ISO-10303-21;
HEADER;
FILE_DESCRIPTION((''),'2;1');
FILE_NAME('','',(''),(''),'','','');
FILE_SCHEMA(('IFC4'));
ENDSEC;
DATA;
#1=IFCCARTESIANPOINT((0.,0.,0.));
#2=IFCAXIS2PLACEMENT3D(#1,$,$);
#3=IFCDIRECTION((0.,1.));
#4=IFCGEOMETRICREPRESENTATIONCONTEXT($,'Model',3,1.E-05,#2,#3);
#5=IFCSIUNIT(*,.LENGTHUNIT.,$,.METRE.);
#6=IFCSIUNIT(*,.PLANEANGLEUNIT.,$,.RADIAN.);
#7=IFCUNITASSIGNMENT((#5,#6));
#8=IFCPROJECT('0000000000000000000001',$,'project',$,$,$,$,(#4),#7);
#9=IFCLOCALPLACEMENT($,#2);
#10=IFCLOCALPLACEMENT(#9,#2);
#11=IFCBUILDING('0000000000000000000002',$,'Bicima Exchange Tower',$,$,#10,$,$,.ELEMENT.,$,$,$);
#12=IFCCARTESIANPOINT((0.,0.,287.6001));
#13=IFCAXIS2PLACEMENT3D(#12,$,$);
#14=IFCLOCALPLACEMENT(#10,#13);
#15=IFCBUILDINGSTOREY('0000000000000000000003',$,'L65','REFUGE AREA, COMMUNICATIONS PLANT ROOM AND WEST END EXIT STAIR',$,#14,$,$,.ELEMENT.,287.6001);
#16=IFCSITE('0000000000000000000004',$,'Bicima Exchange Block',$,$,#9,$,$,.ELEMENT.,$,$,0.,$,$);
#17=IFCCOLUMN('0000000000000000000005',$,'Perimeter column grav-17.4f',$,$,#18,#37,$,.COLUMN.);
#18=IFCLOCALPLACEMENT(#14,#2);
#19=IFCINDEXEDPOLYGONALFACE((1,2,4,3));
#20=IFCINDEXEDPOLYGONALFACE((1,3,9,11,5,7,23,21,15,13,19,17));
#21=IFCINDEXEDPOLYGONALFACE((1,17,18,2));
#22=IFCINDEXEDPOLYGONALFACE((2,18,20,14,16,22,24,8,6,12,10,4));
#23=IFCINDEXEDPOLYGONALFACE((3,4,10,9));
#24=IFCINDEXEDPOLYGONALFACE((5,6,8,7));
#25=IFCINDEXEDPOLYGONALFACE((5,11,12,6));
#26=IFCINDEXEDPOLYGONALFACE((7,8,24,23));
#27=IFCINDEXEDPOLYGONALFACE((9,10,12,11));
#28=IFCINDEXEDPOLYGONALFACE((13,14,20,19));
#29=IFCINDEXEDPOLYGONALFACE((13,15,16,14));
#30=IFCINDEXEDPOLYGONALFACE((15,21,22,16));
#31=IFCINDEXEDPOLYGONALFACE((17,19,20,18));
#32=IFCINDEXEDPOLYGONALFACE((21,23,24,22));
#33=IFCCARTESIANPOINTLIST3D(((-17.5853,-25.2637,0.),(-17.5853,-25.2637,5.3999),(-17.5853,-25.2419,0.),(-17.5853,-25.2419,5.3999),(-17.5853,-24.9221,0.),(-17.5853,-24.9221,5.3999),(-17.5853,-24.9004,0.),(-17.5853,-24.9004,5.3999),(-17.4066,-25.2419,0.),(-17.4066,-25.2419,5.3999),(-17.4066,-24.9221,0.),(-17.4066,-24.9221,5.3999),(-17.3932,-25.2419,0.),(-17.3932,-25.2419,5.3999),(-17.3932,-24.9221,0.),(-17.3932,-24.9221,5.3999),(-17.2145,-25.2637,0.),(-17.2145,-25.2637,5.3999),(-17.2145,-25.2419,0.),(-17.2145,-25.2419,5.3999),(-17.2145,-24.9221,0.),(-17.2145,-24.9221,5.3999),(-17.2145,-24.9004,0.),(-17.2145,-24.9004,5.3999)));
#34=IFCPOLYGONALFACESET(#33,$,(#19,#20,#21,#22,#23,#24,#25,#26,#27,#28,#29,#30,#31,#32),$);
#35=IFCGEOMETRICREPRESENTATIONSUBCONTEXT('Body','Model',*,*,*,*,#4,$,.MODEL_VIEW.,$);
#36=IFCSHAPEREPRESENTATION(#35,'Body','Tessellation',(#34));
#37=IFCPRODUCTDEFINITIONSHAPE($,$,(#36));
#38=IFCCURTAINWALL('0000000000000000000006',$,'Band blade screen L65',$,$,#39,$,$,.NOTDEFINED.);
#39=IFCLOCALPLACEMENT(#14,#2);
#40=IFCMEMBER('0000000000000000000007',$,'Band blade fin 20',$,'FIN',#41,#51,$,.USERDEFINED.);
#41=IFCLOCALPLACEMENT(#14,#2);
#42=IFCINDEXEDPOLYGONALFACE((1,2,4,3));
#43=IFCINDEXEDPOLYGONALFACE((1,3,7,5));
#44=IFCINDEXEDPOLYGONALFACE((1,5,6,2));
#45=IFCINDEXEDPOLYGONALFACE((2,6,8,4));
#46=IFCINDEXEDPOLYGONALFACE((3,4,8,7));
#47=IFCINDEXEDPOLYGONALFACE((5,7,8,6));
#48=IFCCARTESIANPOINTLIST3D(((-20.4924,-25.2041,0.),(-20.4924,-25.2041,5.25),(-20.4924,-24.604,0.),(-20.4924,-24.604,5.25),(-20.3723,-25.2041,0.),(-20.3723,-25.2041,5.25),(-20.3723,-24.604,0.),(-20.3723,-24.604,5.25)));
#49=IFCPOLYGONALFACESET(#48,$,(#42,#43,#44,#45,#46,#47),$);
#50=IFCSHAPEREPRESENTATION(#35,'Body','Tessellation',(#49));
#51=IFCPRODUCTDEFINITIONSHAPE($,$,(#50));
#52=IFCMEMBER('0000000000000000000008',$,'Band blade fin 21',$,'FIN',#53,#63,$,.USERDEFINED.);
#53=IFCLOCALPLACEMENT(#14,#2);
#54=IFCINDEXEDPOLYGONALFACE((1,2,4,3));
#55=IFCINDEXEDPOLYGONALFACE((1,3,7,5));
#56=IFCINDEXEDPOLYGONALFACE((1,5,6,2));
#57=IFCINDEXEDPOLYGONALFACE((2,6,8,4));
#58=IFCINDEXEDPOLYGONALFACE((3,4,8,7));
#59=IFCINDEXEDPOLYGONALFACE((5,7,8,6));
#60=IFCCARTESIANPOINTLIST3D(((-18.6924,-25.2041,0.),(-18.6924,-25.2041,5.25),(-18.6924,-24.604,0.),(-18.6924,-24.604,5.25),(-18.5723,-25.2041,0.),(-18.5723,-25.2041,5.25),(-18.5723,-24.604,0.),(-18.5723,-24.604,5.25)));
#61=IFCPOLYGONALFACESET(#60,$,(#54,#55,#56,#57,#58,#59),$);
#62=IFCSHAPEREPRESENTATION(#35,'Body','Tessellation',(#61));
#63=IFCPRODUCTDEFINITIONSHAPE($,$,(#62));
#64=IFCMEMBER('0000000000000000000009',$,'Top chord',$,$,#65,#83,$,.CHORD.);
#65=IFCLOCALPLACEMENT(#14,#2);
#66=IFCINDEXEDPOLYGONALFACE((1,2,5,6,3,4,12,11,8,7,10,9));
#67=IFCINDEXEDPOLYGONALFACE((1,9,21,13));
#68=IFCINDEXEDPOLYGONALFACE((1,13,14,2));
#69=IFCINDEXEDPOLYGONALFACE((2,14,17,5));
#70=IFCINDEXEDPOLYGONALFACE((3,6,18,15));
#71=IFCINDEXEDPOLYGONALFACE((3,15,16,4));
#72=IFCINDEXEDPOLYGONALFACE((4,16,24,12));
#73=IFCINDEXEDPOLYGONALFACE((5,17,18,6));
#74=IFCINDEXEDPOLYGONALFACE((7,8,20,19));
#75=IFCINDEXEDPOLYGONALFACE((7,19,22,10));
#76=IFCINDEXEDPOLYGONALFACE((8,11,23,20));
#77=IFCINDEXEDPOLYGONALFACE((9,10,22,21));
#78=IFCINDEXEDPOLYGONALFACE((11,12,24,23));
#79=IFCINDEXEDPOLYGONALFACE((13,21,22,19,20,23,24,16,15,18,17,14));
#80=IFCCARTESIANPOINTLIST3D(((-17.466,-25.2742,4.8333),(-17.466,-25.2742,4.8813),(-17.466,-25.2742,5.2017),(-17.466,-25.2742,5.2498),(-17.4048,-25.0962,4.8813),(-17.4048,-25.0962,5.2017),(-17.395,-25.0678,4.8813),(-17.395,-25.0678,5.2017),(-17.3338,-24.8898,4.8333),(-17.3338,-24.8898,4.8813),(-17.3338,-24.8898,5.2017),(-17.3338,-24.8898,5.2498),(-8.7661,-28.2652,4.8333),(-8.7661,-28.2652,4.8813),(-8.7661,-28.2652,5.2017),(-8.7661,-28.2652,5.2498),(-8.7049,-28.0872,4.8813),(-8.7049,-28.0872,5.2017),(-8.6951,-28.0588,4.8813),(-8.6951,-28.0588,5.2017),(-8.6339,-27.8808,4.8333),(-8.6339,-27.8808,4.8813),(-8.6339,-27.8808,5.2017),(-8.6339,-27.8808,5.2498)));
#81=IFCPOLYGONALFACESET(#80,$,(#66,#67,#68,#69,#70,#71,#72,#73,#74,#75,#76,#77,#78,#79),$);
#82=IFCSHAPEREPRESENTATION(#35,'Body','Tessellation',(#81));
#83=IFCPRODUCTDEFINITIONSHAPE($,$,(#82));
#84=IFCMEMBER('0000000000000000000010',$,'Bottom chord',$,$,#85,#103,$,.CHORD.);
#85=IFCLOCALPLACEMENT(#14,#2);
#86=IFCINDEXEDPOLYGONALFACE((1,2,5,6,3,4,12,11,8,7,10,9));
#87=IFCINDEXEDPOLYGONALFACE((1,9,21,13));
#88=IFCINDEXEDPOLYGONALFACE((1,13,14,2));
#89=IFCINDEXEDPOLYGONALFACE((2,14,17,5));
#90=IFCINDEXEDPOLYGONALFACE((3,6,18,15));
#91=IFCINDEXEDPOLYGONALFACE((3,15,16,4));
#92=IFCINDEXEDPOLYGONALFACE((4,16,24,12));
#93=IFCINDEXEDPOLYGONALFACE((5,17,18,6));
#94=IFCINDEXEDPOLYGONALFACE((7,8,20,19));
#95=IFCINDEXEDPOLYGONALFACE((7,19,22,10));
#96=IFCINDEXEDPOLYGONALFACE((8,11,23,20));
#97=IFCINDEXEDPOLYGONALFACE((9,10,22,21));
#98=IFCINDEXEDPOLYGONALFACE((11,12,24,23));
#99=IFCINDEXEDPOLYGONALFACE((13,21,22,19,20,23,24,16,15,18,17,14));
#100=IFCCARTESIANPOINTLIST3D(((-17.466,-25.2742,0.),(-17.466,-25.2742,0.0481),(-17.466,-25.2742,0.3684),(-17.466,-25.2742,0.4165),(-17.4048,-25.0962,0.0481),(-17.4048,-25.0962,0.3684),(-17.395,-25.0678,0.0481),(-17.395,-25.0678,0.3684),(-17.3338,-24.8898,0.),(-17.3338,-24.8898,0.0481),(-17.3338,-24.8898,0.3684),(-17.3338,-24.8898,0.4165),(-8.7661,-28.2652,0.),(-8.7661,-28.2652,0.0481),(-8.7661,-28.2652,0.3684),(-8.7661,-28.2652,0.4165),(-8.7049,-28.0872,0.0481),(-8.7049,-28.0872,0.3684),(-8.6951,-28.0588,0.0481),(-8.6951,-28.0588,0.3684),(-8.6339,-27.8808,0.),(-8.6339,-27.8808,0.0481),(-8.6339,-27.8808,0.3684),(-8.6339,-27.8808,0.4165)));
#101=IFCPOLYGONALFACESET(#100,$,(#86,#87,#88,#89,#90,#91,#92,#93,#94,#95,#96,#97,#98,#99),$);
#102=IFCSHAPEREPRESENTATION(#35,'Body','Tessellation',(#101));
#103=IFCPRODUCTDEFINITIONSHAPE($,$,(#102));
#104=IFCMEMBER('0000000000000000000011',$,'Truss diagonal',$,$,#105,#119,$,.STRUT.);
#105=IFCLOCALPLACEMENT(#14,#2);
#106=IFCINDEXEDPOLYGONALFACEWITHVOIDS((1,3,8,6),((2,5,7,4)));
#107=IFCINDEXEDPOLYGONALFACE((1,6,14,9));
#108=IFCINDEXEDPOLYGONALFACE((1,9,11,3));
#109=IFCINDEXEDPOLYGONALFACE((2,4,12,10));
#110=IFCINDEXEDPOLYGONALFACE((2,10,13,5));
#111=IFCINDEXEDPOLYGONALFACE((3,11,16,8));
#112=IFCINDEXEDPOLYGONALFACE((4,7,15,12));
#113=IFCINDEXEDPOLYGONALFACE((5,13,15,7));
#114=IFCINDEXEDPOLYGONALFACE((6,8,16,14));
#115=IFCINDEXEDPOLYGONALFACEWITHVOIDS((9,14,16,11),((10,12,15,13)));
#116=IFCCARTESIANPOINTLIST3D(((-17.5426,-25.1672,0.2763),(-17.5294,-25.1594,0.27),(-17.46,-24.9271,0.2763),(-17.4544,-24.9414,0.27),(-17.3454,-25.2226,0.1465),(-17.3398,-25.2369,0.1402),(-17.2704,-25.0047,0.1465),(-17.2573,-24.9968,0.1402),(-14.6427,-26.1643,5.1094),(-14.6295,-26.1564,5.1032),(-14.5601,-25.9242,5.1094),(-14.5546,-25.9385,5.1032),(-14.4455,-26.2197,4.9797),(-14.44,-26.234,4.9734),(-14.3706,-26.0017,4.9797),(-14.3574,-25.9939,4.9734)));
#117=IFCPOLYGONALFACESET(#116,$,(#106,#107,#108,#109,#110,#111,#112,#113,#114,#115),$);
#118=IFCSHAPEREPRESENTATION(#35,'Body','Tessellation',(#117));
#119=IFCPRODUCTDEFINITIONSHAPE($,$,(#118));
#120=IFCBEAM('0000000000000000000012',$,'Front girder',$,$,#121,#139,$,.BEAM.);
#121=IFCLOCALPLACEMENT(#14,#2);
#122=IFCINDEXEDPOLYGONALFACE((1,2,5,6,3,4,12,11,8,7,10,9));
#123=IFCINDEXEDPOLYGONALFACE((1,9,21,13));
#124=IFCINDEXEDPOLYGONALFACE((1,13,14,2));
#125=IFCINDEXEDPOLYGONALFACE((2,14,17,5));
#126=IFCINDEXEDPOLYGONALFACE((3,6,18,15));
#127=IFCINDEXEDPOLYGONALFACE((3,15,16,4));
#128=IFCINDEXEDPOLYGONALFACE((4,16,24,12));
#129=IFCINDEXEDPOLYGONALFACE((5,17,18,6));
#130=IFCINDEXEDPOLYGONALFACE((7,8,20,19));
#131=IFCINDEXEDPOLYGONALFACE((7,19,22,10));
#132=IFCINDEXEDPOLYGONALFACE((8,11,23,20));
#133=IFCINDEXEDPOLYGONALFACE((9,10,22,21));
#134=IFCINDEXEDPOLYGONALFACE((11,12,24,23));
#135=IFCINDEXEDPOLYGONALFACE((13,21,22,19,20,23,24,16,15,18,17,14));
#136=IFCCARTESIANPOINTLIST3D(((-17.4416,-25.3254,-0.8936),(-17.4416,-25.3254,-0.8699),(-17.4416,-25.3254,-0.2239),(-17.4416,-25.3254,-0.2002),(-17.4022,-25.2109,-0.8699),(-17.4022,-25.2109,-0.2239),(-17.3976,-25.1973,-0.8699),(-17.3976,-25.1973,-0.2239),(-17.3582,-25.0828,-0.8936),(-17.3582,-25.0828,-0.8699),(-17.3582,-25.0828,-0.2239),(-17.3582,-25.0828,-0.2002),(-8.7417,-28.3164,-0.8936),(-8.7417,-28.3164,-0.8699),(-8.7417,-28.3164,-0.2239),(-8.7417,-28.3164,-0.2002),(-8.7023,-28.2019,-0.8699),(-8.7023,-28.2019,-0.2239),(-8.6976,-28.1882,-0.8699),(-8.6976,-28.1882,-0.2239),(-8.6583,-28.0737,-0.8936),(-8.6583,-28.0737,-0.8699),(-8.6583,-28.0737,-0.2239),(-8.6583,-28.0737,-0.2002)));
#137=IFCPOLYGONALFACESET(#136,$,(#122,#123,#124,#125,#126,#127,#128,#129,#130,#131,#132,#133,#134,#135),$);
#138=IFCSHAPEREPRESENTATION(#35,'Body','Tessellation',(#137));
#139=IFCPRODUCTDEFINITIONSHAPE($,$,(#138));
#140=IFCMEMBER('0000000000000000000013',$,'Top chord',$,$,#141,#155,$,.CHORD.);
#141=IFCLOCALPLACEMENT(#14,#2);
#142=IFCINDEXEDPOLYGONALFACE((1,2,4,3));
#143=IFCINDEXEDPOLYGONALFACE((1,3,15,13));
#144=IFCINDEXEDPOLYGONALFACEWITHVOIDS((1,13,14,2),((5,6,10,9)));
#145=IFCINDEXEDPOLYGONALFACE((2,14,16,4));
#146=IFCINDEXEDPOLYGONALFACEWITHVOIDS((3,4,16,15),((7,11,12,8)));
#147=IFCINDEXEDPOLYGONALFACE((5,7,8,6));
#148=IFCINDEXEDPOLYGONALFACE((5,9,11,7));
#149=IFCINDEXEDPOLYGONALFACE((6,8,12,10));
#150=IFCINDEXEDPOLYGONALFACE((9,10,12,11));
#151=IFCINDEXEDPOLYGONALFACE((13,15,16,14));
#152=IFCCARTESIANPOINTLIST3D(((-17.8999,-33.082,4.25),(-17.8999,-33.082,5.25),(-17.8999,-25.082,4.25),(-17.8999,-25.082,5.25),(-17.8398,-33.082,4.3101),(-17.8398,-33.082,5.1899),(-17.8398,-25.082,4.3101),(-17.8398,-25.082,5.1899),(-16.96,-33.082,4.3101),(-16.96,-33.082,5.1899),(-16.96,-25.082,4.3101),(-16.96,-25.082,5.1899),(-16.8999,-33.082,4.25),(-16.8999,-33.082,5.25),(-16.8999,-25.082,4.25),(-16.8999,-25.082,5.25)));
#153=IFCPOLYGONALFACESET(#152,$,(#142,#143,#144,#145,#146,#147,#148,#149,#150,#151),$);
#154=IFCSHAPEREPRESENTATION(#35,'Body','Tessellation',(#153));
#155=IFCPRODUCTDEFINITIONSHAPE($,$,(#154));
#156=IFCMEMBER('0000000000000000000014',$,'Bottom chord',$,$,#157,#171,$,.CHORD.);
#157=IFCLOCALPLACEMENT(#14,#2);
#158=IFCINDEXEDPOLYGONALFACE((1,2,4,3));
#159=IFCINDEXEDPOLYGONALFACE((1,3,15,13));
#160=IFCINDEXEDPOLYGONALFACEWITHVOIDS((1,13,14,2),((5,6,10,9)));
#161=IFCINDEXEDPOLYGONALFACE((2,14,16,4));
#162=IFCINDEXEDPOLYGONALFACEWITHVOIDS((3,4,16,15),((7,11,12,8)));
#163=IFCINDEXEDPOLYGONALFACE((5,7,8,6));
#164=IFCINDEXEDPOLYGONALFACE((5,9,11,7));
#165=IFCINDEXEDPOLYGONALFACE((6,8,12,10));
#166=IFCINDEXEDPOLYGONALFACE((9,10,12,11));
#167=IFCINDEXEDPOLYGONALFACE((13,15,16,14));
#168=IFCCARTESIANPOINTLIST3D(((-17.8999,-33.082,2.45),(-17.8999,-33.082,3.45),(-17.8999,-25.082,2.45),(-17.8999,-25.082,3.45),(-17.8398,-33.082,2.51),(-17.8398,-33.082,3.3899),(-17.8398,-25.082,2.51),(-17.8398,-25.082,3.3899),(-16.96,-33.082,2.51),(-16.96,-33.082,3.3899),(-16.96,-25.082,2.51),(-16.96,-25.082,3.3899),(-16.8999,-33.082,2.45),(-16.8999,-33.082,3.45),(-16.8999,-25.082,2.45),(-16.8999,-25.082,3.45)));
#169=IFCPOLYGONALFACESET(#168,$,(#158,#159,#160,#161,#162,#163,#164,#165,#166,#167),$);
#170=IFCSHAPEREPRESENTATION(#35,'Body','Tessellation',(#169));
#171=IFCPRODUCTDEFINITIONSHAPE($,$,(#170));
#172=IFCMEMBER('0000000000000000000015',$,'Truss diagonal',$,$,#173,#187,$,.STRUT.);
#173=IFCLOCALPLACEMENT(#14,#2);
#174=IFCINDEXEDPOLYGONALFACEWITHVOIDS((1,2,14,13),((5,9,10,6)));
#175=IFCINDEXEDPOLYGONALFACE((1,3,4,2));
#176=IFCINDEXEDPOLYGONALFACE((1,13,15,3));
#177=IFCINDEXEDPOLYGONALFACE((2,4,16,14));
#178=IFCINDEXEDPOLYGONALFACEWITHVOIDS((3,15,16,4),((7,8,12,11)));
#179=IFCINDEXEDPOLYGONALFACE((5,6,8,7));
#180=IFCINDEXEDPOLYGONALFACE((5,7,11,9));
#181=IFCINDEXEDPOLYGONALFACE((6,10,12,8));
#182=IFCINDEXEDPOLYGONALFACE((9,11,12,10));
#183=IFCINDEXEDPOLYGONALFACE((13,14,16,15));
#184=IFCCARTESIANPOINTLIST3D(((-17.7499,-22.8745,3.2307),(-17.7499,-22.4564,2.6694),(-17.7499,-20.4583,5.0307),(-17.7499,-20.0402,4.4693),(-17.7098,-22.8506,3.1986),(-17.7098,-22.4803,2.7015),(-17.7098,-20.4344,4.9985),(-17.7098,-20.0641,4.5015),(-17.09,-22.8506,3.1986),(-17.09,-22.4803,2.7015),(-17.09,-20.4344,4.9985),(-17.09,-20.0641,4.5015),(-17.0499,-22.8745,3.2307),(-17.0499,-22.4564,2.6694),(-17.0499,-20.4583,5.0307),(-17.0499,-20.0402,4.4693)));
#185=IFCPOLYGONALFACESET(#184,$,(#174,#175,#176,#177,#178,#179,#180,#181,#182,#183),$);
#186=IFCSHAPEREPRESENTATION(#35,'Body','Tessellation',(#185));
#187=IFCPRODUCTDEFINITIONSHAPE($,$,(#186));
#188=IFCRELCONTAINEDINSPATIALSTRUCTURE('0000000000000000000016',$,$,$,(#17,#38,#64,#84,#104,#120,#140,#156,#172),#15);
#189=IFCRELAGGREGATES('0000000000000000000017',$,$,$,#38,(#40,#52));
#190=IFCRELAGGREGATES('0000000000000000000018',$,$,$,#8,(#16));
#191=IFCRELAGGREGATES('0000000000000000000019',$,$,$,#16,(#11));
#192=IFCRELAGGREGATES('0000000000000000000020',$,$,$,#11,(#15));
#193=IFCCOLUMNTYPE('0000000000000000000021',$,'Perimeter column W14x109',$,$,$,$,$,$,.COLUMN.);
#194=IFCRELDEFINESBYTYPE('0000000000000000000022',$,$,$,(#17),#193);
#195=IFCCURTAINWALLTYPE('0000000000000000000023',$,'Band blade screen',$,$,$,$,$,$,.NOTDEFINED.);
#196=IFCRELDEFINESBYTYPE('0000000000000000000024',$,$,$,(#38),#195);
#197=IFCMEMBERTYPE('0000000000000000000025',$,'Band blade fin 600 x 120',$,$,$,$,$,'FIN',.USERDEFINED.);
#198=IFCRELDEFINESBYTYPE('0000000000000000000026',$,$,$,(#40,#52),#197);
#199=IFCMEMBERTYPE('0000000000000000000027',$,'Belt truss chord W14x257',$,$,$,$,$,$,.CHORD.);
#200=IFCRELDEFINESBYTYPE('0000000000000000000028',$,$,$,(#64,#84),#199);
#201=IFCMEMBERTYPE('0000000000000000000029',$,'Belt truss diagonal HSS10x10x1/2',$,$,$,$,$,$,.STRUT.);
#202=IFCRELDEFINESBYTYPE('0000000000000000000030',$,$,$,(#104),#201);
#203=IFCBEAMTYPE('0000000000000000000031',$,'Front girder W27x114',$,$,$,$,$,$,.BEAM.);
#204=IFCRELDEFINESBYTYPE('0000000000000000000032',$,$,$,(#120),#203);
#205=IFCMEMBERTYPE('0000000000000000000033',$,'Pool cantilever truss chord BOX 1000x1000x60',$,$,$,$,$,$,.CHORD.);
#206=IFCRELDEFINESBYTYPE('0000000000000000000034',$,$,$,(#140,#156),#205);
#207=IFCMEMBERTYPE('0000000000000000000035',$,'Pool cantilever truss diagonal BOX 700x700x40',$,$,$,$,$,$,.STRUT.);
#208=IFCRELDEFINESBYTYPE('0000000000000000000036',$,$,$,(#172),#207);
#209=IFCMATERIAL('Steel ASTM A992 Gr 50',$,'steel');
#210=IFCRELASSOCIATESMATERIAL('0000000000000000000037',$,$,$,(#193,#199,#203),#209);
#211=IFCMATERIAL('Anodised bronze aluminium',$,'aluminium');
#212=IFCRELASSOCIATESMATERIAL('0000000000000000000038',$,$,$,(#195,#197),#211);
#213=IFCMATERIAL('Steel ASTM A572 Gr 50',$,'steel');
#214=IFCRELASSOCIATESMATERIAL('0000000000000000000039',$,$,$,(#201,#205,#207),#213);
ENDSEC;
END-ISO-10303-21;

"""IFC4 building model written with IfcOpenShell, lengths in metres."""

from ifc_helpers import new_model, si_unit, direction, frame, origin, origin_2d, place, context, subcontext, project, spatial, rectangle, hollow_rectangle, i_section, extrude, material, material_profile, profile_set, type_object, element, aggregate, save


model = new_model("IFC4")

# Units and contexts
model_context = context("Model", 3, precision=1e-05, world=origin(), true_north=direction((0.0, 1.0)))
body_context = subcontext(model_context, "Body", "Model", "MODEL_VIEW")
ifc_project = project(units=[si_unit("LENGTHUNIT", "METRE"), si_unit("PLANEANGLEUNIT", "RADIAN")], contexts=[model_context])

# Site, building, storey
site_placement = place(None, origin())
site = spatial("IfcSite", under=ifc_project, at=site_placement, Name="Bicima Exchange Block", CompositionType="ELEMENT", RefElevation=0.0)
building_placement = place(site_placement, origin())
building = spatial("IfcBuilding", under=site, at=building_placement, Name="Bicima Exchange Tower", CompositionType="ELEMENT")
storey_placement = place(building_placement, frame((0.0, 0.0, 287.6001)))
storey = spatial("IfcBuildingStorey", under=building, at=storey_placement, Name="L65", Description="REFUGE AREA, COMMUNICATIONS PLANT ROOM AND WEST END EXIT STAIR", CompositionType="ELEMENT", Elevation=287.6001)

# Column
ifc_material_1 = material(Name="Steel ASTM A992 Gr 50", Category="steel")
ifc_material_profile_1 = material_profile(ifc_material_1, i_section(OverallWidth=0.3708, OverallDepth=0.3633, WebThickness=0.0134, FlangeThickness=0.0217, at=origin_2d()))
ifc_profile_set_1 = profile_set([ifc_material_profile_1], Name="Steel ASTM A992 Gr 50")
column_type = type_object("IfcColumnType", Name="Perimeter column W14x109", PredefinedType="COLUMN", material=ifc_profile_set_1)
column_placement = place(storey_placement, frame((-17.3999, -25.082, 0.0), z_axis=(0.0, 0.0, 1.0), x_axis=(1.0, 0.0, 0.0)))
element("IfcColumn", 1, at=column_placement, inside=storey, type_object=column_type, Name="Perimeter column grav-17.4f", PredefinedType="COLUMN", context=body_context, shape_type="SweptSolid", body=[
    extrude(i_section(OverallWidth=0.3708, OverallDepth=0.3633, WebThickness=0.0134, FlangeThickness=0.0217, at=origin_2d()), origin(), (0.0, 0.0, 1.0), 5.3999),
])

# Curtain wall, members
ifc_material_2 = material(Name="Anodised bronze aluminium", Category="aluminium")
curtain_wall_type = type_object("IfcCurtainWallType", Name="Band blade screen", PredefinedType="NOTDEFINED", material=ifc_material_2)
curtain_wall_placement = place(storey_placement, origin())
curtain_wall = element("IfcCurtainWall", 2, at=curtain_wall_placement, inside=storey, type_object=curtain_wall_type, Name="Band blade screen L65", PredefinedType="NOTDEFINED")
ifc_material_profile_2 = material_profile(ifc_material_2, rectangle(XDim=0.6001, YDim=0.1201, at=origin_2d()))
ifc_profile_set_2 = profile_set([ifc_material_profile_2], Name="Anodised bronze aluminium")
member_type_1 = type_object("IfcMemberType", Name="Band blade fin 600 x 120", ElementType="FIN", PredefinedType="USERDEFINED", material=ifc_profile_set_2)
member_1_placement = place(storey_placement, frame((-20.4324, -24.9041, 0.0), z_axis=(0.0, 0.0, 1.0), x_axis=(0.0, 1.0, 0.0)))
member_1 = element("IfcMember", 3, at=member_1_placement, type_object=member_type_1, Name="Band blade fin 20", ObjectType="FIN", PredefinedType="USERDEFINED", context=body_context, shape_type="SweptSolid", body=[
    extrude(rectangle(XDim=0.6001, YDim=0.1201, at=origin_2d()), origin(), (0.0, 0.0, 1.0), 5.25),
])
member_2_placement = place(storey_placement, frame((-18.6323, -24.9041, 0.0), z_axis=(0.0, 0.0, 1.0), x_axis=(0.0, 1.0, 0.0)))
member_2 = element("IfcMember", 4, at=member_2_placement, type_object=member_type_1, Name="Band blade fin 21", ObjectType="FIN", PredefinedType="USERDEFINED", context=body_context, shape_type="SweptSolid", body=[
    extrude(rectangle(XDim=0.6001, YDim=0.1201, at=origin_2d()), origin(), (0.0, 0.0, 1.0), 5.25),
])
aggregate(curtain_wall, [member_1, member_2])

# Members
ifc_material_profile_3 = material_profile(ifc_material_1, i_section(OverallWidth=0.4065, OverallDepth=0.4165, WebThickness=0.03, FlangeThickness=0.0481, at=origin_2d()))
ifc_profile_set_3 = profile_set([ifc_material_profile_3], Name="Steel ASTM A992 Gr 50")
member_type_2 = type_object("IfcMemberType", Name="Belt truss chord W14x257", PredefinedType="CHORD", material=ifc_profile_set_3)
for number, where, z_axis, x_axis, name in (
    (5, (-17.3999, -25.082, 5.0415), (0.945675, -0.325115, 0.0), (0.325115, 0.945675, 0.0), "Top chord"),
    (6, (-17.3999, -25.082, 0.2083), (0.945675, -0.325115, 0.0), (0.325115, 0.945675, 0.0), "Bottom chord"),
):
    element("IfcMember", number, at=place(storey_placement, frame(where, z_axis=z_axis, x_axis=x_axis)), inside=storey, type_object=member_type_2, Name=name, PredefinedType="CHORD", context=body_context, shape_type="SweptSolid", body=[
        extrude(i_section(OverallWidth=0.4065, OverallDepth=0.4165, WebThickness=0.03, FlangeThickness=0.0481, at=origin_2d()), origin(), (0.0, 0.0, 1.0), 9.1997),
    ])
ifc_material_3 = material(Name="Steel ASTM A572 Gr 50", Category="steel")
ifc_material_profile_4 = material_profile(ifc_material_3, hollow_rectangle(XDim=0.2539, YDim=0.2539, WallThickness=0.0117, at=origin_2d()))
ifc_profile_set_4 = profile_set([ifc_material_profile_4], Name="Steel ASTM A572 Gr 50")
member_type_3 = type_object("IfcMemberType", Name="Belt truss diagonal HSS10x10x1/2", PredefinedType="STRUT", material=ifc_profile_set_4)
member_3_placement = place(storey_placement, frame((-17.3999, -25.082, 0.2083), z_axis=(0.506624, -0.174192, 0.844387), x_axis=(0.325147, 0.945664, 0.0)))
element("IfcMember", 7, at=member_3_placement, inside=storey, type_object=member_type_3, Name="Truss diagonal", PredefinedType="STRUT", context=body_context, shape_type="SweptSolid", body=[
    extrude(hollow_rectangle(XDim=0.2539, YDim=0.2539, WallThickness=0.0117, at=origin_2d()), origin(), (0.0, 0.0, 1.0), 5.7239),
])

# Beam
ifc_material_profile_5 = material_profile(ifc_material_1, i_section(OverallWidth=0.2566, OverallDepth=0.6934, WebThickness=0.0144, FlangeThickness=0.0237, at=origin_2d()))
ifc_profile_set_5 = profile_set([ifc_material_profile_5], Name="Steel ASTM A992 Gr 50")
beam_type = type_object("IfcBeamType", Name="Front girder W27x114", PredefinedType="BEAM", material=ifc_profile_set_5)
beam_placement = place(storey_placement, frame((-17.3999, -25.2041, -0.5469), z_axis=(0.945675, -0.325115, 0.0), x_axis=(0.325115, 0.945675, 0.0)))
element("IfcBeam", 8, at=beam_placement, inside=storey, type_object=beam_type, Name="Front girder", PredefinedType="BEAM", context=body_context, shape_type="SweptSolid", body=[
    extrude(i_section(OverallWidth=0.2566, OverallDepth=0.6934, WebThickness=0.0144, FlangeThickness=0.0237, at=origin_2d()), origin(), (0.0, 0.0, 1.0), 9.1997),
])

# Members
ifc_material_profile_6 = material_profile(ifc_material_3, hollow_rectangle(XDim=1.0, YDim=1.0, WallThickness=0.0601, at=origin_2d()))
ifc_profile_set_6 = profile_set([ifc_material_profile_6], Name="Steel ASTM A572 Gr 50")
member_type_4 = type_object("IfcMemberType", Name="Pool cantilever truss chord BOX 1000x1000x60", PredefinedType="CHORD", material=ifc_profile_set_6)
for number, where, z_axis, x_axis, name in (
    (9, (-17.3999, -25.082, 4.75), (0.0, -1.0, 0.0), (1.0, 0.0, 0.0), "Top chord"),
    (10, (-17.3999, -25.082, 2.95), (0.0, -1.0, 0.0), (1.0, 0.0, 0.0), "Bottom chord"),
):
    element("IfcMember", number, at=place(storey_placement, frame(where, z_axis=z_axis, x_axis=x_axis)), inside=storey, type_object=member_type_4, Name=name, PredefinedType="CHORD", context=body_context, shape_type="SweptSolid", body=[
        extrude(hollow_rectangle(XDim=1.0, YDim=1.0, WallThickness=0.0601, at=origin_2d()), origin(), (0.0, 0.0, 1.0), 8.0),
    ])
ifc_material_profile_7 = material_profile(ifc_material_3, hollow_rectangle(XDim=0.7, YDim=0.7, WallThickness=0.04, at=origin_2d()))
ifc_profile_set_7 = profile_set([ifc_material_profile_7], Name="Steel ASTM A572 Gr 50")
member_type_5 = type_object("IfcMemberType", Name="Pool cantilever truss diagonal BOX 700x700x40", PredefinedType="STRUT", material=ifc_profile_set_7)
member_4_placement = place(storey_placement, frame((-17.3999, -20.2493, 4.75), z_axis=(0.0, -0.801931, -0.597417), x_axis=(1.0, 0.0, 0.0)))
element("IfcMember", 11, at=member_4_placement, inside=storey, type_object=member_type_5, Name="Truss diagonal", PredefinedType="STRUT", context=body_context, shape_type="SweptSolid", body=[
    extrude(hollow_rectangle(XDim=0.7, YDim=0.7, WallThickness=0.04, at=origin_2d()), origin(), (0.0, 0.0, 1.0), 3.0129),
])

save(model, "model.ifc")
